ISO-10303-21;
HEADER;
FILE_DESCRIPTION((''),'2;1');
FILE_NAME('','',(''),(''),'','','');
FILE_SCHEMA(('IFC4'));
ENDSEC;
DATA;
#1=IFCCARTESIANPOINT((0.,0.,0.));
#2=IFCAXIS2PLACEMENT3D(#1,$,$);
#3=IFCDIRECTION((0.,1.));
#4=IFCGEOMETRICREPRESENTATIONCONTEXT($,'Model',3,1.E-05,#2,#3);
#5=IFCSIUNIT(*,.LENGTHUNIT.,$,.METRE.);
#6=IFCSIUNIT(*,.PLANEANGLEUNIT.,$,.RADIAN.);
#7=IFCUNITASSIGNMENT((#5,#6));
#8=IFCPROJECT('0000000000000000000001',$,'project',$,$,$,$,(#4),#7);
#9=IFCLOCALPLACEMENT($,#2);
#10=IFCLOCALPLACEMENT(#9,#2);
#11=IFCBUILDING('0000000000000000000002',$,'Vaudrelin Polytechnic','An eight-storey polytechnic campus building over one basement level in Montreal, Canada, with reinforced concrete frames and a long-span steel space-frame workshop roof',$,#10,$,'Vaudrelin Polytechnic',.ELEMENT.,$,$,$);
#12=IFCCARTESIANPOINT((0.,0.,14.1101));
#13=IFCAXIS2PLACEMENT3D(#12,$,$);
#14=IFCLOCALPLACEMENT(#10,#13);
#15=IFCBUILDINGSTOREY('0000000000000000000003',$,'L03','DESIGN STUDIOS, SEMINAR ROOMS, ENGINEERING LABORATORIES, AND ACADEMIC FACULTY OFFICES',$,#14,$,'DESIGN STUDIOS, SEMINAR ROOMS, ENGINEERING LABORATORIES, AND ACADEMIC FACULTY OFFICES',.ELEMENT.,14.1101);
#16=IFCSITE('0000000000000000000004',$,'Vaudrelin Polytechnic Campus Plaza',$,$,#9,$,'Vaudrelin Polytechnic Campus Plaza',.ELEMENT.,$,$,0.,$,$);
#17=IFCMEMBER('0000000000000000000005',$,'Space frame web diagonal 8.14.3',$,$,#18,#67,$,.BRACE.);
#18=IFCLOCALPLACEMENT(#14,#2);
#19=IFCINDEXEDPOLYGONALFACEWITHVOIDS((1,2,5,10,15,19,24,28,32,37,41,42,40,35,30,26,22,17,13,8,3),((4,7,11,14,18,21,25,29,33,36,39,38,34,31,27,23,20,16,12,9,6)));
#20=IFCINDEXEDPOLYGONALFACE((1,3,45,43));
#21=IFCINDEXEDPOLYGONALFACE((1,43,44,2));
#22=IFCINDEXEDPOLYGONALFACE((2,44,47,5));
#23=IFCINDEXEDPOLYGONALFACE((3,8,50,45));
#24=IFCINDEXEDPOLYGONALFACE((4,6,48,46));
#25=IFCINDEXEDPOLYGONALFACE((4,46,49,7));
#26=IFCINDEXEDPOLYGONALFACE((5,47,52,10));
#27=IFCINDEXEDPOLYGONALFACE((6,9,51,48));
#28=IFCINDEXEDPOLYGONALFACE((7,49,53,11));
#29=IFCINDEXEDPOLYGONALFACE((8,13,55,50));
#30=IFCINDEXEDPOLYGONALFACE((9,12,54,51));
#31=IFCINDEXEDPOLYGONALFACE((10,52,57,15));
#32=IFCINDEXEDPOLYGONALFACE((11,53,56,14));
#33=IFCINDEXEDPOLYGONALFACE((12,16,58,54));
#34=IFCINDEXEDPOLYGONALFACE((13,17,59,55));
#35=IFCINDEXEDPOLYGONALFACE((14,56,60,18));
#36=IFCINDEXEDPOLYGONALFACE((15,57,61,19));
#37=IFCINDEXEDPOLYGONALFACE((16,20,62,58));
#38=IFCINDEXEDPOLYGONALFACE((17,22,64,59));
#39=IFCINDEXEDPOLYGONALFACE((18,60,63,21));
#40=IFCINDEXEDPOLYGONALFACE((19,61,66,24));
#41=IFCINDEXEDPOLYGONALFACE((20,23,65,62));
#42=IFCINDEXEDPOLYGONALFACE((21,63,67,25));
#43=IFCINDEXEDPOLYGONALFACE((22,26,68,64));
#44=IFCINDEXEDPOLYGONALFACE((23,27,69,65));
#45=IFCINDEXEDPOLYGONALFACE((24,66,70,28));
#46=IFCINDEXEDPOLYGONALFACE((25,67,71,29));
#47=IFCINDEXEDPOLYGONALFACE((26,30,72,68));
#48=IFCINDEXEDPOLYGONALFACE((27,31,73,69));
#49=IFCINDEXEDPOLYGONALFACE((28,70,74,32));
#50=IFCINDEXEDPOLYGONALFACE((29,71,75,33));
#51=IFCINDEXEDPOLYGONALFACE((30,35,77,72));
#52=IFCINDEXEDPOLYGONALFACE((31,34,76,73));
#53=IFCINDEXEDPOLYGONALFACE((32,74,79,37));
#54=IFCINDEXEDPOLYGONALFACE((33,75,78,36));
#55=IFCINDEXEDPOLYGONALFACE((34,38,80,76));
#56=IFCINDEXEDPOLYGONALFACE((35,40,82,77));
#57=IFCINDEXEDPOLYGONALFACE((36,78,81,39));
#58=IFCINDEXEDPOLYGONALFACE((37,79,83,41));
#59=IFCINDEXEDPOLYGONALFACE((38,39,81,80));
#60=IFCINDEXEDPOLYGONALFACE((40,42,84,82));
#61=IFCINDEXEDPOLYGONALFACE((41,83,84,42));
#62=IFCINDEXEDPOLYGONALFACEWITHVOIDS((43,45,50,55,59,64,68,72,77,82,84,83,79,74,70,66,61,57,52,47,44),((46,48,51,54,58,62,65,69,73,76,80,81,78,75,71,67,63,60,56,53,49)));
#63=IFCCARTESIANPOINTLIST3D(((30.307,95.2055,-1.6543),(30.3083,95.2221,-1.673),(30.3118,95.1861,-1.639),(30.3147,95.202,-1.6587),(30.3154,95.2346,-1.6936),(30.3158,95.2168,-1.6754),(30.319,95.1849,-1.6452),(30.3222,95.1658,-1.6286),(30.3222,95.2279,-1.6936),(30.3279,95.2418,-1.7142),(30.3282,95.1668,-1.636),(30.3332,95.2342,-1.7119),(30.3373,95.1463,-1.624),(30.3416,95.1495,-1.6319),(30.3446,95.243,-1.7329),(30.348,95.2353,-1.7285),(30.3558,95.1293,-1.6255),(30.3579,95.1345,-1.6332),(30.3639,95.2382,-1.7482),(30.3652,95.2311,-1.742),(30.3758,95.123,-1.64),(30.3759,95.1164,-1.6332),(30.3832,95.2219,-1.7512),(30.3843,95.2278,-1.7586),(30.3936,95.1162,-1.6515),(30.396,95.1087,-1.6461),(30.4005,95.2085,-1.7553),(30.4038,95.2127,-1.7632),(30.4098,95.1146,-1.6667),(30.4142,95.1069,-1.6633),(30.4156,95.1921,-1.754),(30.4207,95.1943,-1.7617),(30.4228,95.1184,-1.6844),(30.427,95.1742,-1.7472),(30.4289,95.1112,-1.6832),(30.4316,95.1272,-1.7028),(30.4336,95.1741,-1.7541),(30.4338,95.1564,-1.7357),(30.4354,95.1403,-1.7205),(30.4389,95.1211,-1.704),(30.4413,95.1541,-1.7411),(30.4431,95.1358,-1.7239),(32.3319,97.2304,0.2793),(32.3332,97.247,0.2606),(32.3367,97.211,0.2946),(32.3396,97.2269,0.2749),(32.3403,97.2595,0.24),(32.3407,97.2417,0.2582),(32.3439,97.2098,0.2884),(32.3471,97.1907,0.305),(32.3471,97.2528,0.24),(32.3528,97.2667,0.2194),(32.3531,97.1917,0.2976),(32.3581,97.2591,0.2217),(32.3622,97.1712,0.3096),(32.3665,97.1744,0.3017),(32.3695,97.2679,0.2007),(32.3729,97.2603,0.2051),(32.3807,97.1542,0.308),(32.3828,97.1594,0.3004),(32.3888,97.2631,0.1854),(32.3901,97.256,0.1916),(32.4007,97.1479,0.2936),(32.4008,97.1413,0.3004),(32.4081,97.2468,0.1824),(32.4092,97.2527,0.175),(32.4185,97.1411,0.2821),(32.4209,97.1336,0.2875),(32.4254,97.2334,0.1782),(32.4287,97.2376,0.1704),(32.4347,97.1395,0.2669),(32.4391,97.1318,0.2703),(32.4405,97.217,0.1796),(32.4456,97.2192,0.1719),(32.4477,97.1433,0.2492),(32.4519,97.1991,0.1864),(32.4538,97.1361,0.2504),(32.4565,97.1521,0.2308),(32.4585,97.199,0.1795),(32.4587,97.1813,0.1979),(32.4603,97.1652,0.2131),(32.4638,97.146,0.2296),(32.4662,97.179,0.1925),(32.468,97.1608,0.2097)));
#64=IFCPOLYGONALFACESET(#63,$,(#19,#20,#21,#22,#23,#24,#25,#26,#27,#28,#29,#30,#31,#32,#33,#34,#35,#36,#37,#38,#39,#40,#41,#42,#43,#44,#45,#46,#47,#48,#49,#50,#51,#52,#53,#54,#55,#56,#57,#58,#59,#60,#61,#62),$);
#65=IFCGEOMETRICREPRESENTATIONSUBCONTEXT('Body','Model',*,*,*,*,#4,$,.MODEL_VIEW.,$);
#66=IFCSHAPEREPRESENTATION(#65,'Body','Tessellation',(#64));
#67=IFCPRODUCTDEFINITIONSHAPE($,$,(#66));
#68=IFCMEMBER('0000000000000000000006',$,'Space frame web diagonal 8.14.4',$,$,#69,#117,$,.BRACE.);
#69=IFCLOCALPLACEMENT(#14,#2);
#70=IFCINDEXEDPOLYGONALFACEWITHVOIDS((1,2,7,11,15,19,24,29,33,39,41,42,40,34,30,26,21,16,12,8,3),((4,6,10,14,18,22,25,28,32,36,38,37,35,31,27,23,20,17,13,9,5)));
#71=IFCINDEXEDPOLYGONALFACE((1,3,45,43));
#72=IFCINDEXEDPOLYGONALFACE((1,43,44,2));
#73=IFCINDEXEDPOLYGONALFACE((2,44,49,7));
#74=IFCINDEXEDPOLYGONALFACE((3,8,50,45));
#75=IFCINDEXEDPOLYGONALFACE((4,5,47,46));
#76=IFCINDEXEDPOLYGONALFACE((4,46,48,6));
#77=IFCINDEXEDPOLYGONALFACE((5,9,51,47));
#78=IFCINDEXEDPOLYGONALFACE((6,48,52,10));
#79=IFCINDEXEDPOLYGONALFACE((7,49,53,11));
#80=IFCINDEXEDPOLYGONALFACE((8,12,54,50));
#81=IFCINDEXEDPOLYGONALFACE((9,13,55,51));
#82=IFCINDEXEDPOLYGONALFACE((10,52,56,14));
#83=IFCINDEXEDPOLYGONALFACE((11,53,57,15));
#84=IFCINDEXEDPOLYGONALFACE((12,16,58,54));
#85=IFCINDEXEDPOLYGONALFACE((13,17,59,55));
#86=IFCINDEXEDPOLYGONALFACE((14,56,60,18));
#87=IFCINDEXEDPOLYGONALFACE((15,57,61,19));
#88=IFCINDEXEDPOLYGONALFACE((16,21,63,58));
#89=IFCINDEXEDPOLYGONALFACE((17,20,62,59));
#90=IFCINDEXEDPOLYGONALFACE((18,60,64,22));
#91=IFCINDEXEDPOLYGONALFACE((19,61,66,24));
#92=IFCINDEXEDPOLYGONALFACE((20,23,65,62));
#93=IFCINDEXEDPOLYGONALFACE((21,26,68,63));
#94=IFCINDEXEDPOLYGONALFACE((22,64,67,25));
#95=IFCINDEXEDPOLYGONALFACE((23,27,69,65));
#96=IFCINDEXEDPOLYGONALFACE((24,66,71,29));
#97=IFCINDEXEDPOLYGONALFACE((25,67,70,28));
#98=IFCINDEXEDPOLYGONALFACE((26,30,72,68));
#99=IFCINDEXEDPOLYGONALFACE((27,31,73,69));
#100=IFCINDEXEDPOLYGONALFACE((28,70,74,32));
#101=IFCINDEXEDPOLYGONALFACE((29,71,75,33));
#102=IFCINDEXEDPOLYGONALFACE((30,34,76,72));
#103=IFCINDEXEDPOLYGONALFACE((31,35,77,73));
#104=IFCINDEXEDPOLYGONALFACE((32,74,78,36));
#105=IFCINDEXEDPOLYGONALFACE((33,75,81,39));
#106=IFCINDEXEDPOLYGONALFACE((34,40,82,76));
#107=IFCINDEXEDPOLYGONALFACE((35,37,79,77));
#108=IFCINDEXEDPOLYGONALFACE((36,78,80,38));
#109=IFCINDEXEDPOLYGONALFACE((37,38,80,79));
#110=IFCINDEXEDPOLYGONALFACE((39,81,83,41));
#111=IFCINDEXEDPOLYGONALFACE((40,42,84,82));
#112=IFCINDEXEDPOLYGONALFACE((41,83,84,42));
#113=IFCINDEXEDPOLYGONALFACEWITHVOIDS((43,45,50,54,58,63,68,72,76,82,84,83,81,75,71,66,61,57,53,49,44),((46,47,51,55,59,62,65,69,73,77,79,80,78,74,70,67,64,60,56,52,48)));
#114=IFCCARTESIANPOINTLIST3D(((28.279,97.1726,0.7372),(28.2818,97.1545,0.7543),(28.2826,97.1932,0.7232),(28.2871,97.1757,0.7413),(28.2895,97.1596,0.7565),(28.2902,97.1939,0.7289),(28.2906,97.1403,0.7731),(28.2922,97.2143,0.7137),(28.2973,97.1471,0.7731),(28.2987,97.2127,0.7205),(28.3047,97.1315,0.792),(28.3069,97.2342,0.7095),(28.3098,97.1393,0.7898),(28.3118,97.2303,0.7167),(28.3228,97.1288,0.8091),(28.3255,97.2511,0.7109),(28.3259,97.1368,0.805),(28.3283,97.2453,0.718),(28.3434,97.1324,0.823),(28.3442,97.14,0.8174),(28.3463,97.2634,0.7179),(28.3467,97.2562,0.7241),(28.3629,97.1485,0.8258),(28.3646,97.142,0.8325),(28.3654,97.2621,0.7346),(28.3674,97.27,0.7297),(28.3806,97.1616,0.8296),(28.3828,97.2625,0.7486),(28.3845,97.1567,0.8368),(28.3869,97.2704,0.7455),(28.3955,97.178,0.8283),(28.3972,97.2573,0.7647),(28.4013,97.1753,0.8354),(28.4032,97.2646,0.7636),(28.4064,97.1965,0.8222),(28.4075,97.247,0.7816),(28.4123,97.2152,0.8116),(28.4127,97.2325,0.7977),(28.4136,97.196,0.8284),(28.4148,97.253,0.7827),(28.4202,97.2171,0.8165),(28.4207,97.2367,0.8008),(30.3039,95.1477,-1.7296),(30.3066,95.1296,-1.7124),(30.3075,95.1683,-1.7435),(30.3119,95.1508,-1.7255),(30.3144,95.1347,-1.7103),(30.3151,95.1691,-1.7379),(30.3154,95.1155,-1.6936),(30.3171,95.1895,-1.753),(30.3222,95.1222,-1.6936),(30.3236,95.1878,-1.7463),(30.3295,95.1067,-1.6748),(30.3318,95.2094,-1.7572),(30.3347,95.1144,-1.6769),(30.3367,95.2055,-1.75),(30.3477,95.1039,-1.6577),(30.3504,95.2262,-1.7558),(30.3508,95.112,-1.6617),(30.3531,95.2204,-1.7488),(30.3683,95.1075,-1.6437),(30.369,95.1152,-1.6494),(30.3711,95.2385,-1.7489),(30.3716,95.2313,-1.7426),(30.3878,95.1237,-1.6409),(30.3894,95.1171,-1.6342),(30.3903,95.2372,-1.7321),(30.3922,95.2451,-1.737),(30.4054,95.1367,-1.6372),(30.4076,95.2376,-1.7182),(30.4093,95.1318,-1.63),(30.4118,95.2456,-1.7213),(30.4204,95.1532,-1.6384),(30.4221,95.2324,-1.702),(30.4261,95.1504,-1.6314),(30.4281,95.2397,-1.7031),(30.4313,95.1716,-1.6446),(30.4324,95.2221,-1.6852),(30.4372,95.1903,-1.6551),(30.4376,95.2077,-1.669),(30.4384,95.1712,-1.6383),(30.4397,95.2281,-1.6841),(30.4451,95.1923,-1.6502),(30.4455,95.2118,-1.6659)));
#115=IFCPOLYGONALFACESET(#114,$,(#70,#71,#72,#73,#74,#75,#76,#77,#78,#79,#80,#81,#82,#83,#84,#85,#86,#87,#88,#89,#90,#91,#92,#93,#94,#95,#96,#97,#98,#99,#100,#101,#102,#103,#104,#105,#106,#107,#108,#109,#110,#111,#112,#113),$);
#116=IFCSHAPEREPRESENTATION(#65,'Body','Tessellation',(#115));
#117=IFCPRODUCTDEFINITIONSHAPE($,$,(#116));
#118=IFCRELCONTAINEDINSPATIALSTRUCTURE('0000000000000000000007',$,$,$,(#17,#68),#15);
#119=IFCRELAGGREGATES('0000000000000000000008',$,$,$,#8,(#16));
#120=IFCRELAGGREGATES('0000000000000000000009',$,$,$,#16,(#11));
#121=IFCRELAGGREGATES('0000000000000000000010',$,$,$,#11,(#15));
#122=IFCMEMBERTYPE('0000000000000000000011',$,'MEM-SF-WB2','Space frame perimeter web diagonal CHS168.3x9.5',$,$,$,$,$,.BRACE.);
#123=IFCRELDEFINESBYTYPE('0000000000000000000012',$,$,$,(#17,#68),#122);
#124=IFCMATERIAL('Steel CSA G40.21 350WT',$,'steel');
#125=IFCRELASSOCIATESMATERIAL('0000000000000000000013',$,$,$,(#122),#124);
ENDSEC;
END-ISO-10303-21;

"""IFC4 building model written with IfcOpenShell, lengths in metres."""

from ifc_helpers import new_model, si_unit, direction, frame, origin, origin_2d, place, context, subcontext, project, spatial, hollow_circle, extrude, material, material_profile, profile_set, type_object, element, save


model = new_model("IFC4")

# Units and contexts
model_context = context("Model", 3, precision=1e-05, world=origin(), true_north=direction((0.0, 1.0)))
body_context = subcontext(model_context, "Body", "Model", "MODEL_VIEW")
ifc_project = project(units=[si_unit("LENGTHUNIT", "METRE"), si_unit("PLANEANGLEUNIT", "RADIAN")], contexts=[model_context])

# Site, building, storey
site_placement = place(None, origin())
site = spatial("IfcSite", under=ifc_project, at=site_placement, Name="Vaudrelin Polytechnic Campus Plaza", LongName="Vaudrelin Polytechnic Campus Plaza", CompositionType="ELEMENT", RefElevation=0.0)
building_placement = place(site_placement, origin())
building = spatial("IfcBuilding", under=site, at=building_placement, Name="Vaudrelin Polytechnic", Description="An eight-storey polytechnic campus building over one basement level in Montreal, Canada, with reinforced concrete frames and a long-span steel space-frame workshop roof", LongName="Vaudrelin Polytechnic", CompositionType="ELEMENT")
storey_placement = place(building_placement, frame((0.0, 0.0, 14.1101)))
storey = spatial("IfcBuildingStorey", under=building, at=storey_placement, Name="L03", Description="DESIGN STUDIOS, SEMINAR ROOMS, ENGINEERING LABORATORIES, AND ACADEMIC FACULTY OFFICES", LongName="DESIGN STUDIOS, SEMINAR ROOMS, ENGINEERING LABORATORIES, AND ACADEMIC FACULTY OFFICES", CompositionType="ELEMENT", Elevation=14.1101)

# Members
ifc_material = material(Name="Steel CSA G40.21 350WT", Category="steel")
ifc_material_profile_1 = material_profile(ifc_material, hollow_circle(Radius=0.0842, WallThickness=0.0095, at=origin_2d()), Name="CHS168.3x9.5")
ifc_profile_set_1 = profile_set([ifc_material_profile_1], Name="Steel CSA G40.21 350WT")
member_type_1 = type_object("IfcMemberType", Name="MEM-SF-WB2", Description="Space frame perimeter web diagonal CHS168.3x9.5", PredefinedType="BRACE", material=ifc_profile_set_1)
member_1_placement = place(storey_placement, frame((30.375, 95.175, -1.6936), z_axis=(0.586024, 0.586024, 0.559599), x_axis=(-0.707107, 0.707107, 0.0)))
element("IfcMember", 1, at=member_1_placement, inside=storey, type_object=member_type_1, Name="Space frame web diagonal 8.14.3", PredefinedType="BRACE", context=body_context, shape_type="SweptSolid", body=[
    extrude(hollow_circle(Radius=0.0842, WallThickness=0.0095, at=origin_2d()), origin(), (0.0, 0.0, 1.0), 3.4553),
])
member_2_placement = place(storey_placement, frame((30.375, 95.175, -1.6936), z_axis=(-0.535742, 0.535742, 0.652657), x_axis=(-0.707107, -0.707107, 0.0)))
element("IfcMember", 2, at=member_2_placement, inside=storey, type_object=member_type_1, Name="Space frame web diagonal 8.14.4", PredefinedType="BRACE", context=body_context, shape_type="SweptSolid", body=[
    extrude(hollow_circle(Radius=0.0842, WallThickness=0.0095, at=origin_2d()), origin(), (0.0, 0.0, 1.0), 3.7795),
])

save(model, "model.ifc")
